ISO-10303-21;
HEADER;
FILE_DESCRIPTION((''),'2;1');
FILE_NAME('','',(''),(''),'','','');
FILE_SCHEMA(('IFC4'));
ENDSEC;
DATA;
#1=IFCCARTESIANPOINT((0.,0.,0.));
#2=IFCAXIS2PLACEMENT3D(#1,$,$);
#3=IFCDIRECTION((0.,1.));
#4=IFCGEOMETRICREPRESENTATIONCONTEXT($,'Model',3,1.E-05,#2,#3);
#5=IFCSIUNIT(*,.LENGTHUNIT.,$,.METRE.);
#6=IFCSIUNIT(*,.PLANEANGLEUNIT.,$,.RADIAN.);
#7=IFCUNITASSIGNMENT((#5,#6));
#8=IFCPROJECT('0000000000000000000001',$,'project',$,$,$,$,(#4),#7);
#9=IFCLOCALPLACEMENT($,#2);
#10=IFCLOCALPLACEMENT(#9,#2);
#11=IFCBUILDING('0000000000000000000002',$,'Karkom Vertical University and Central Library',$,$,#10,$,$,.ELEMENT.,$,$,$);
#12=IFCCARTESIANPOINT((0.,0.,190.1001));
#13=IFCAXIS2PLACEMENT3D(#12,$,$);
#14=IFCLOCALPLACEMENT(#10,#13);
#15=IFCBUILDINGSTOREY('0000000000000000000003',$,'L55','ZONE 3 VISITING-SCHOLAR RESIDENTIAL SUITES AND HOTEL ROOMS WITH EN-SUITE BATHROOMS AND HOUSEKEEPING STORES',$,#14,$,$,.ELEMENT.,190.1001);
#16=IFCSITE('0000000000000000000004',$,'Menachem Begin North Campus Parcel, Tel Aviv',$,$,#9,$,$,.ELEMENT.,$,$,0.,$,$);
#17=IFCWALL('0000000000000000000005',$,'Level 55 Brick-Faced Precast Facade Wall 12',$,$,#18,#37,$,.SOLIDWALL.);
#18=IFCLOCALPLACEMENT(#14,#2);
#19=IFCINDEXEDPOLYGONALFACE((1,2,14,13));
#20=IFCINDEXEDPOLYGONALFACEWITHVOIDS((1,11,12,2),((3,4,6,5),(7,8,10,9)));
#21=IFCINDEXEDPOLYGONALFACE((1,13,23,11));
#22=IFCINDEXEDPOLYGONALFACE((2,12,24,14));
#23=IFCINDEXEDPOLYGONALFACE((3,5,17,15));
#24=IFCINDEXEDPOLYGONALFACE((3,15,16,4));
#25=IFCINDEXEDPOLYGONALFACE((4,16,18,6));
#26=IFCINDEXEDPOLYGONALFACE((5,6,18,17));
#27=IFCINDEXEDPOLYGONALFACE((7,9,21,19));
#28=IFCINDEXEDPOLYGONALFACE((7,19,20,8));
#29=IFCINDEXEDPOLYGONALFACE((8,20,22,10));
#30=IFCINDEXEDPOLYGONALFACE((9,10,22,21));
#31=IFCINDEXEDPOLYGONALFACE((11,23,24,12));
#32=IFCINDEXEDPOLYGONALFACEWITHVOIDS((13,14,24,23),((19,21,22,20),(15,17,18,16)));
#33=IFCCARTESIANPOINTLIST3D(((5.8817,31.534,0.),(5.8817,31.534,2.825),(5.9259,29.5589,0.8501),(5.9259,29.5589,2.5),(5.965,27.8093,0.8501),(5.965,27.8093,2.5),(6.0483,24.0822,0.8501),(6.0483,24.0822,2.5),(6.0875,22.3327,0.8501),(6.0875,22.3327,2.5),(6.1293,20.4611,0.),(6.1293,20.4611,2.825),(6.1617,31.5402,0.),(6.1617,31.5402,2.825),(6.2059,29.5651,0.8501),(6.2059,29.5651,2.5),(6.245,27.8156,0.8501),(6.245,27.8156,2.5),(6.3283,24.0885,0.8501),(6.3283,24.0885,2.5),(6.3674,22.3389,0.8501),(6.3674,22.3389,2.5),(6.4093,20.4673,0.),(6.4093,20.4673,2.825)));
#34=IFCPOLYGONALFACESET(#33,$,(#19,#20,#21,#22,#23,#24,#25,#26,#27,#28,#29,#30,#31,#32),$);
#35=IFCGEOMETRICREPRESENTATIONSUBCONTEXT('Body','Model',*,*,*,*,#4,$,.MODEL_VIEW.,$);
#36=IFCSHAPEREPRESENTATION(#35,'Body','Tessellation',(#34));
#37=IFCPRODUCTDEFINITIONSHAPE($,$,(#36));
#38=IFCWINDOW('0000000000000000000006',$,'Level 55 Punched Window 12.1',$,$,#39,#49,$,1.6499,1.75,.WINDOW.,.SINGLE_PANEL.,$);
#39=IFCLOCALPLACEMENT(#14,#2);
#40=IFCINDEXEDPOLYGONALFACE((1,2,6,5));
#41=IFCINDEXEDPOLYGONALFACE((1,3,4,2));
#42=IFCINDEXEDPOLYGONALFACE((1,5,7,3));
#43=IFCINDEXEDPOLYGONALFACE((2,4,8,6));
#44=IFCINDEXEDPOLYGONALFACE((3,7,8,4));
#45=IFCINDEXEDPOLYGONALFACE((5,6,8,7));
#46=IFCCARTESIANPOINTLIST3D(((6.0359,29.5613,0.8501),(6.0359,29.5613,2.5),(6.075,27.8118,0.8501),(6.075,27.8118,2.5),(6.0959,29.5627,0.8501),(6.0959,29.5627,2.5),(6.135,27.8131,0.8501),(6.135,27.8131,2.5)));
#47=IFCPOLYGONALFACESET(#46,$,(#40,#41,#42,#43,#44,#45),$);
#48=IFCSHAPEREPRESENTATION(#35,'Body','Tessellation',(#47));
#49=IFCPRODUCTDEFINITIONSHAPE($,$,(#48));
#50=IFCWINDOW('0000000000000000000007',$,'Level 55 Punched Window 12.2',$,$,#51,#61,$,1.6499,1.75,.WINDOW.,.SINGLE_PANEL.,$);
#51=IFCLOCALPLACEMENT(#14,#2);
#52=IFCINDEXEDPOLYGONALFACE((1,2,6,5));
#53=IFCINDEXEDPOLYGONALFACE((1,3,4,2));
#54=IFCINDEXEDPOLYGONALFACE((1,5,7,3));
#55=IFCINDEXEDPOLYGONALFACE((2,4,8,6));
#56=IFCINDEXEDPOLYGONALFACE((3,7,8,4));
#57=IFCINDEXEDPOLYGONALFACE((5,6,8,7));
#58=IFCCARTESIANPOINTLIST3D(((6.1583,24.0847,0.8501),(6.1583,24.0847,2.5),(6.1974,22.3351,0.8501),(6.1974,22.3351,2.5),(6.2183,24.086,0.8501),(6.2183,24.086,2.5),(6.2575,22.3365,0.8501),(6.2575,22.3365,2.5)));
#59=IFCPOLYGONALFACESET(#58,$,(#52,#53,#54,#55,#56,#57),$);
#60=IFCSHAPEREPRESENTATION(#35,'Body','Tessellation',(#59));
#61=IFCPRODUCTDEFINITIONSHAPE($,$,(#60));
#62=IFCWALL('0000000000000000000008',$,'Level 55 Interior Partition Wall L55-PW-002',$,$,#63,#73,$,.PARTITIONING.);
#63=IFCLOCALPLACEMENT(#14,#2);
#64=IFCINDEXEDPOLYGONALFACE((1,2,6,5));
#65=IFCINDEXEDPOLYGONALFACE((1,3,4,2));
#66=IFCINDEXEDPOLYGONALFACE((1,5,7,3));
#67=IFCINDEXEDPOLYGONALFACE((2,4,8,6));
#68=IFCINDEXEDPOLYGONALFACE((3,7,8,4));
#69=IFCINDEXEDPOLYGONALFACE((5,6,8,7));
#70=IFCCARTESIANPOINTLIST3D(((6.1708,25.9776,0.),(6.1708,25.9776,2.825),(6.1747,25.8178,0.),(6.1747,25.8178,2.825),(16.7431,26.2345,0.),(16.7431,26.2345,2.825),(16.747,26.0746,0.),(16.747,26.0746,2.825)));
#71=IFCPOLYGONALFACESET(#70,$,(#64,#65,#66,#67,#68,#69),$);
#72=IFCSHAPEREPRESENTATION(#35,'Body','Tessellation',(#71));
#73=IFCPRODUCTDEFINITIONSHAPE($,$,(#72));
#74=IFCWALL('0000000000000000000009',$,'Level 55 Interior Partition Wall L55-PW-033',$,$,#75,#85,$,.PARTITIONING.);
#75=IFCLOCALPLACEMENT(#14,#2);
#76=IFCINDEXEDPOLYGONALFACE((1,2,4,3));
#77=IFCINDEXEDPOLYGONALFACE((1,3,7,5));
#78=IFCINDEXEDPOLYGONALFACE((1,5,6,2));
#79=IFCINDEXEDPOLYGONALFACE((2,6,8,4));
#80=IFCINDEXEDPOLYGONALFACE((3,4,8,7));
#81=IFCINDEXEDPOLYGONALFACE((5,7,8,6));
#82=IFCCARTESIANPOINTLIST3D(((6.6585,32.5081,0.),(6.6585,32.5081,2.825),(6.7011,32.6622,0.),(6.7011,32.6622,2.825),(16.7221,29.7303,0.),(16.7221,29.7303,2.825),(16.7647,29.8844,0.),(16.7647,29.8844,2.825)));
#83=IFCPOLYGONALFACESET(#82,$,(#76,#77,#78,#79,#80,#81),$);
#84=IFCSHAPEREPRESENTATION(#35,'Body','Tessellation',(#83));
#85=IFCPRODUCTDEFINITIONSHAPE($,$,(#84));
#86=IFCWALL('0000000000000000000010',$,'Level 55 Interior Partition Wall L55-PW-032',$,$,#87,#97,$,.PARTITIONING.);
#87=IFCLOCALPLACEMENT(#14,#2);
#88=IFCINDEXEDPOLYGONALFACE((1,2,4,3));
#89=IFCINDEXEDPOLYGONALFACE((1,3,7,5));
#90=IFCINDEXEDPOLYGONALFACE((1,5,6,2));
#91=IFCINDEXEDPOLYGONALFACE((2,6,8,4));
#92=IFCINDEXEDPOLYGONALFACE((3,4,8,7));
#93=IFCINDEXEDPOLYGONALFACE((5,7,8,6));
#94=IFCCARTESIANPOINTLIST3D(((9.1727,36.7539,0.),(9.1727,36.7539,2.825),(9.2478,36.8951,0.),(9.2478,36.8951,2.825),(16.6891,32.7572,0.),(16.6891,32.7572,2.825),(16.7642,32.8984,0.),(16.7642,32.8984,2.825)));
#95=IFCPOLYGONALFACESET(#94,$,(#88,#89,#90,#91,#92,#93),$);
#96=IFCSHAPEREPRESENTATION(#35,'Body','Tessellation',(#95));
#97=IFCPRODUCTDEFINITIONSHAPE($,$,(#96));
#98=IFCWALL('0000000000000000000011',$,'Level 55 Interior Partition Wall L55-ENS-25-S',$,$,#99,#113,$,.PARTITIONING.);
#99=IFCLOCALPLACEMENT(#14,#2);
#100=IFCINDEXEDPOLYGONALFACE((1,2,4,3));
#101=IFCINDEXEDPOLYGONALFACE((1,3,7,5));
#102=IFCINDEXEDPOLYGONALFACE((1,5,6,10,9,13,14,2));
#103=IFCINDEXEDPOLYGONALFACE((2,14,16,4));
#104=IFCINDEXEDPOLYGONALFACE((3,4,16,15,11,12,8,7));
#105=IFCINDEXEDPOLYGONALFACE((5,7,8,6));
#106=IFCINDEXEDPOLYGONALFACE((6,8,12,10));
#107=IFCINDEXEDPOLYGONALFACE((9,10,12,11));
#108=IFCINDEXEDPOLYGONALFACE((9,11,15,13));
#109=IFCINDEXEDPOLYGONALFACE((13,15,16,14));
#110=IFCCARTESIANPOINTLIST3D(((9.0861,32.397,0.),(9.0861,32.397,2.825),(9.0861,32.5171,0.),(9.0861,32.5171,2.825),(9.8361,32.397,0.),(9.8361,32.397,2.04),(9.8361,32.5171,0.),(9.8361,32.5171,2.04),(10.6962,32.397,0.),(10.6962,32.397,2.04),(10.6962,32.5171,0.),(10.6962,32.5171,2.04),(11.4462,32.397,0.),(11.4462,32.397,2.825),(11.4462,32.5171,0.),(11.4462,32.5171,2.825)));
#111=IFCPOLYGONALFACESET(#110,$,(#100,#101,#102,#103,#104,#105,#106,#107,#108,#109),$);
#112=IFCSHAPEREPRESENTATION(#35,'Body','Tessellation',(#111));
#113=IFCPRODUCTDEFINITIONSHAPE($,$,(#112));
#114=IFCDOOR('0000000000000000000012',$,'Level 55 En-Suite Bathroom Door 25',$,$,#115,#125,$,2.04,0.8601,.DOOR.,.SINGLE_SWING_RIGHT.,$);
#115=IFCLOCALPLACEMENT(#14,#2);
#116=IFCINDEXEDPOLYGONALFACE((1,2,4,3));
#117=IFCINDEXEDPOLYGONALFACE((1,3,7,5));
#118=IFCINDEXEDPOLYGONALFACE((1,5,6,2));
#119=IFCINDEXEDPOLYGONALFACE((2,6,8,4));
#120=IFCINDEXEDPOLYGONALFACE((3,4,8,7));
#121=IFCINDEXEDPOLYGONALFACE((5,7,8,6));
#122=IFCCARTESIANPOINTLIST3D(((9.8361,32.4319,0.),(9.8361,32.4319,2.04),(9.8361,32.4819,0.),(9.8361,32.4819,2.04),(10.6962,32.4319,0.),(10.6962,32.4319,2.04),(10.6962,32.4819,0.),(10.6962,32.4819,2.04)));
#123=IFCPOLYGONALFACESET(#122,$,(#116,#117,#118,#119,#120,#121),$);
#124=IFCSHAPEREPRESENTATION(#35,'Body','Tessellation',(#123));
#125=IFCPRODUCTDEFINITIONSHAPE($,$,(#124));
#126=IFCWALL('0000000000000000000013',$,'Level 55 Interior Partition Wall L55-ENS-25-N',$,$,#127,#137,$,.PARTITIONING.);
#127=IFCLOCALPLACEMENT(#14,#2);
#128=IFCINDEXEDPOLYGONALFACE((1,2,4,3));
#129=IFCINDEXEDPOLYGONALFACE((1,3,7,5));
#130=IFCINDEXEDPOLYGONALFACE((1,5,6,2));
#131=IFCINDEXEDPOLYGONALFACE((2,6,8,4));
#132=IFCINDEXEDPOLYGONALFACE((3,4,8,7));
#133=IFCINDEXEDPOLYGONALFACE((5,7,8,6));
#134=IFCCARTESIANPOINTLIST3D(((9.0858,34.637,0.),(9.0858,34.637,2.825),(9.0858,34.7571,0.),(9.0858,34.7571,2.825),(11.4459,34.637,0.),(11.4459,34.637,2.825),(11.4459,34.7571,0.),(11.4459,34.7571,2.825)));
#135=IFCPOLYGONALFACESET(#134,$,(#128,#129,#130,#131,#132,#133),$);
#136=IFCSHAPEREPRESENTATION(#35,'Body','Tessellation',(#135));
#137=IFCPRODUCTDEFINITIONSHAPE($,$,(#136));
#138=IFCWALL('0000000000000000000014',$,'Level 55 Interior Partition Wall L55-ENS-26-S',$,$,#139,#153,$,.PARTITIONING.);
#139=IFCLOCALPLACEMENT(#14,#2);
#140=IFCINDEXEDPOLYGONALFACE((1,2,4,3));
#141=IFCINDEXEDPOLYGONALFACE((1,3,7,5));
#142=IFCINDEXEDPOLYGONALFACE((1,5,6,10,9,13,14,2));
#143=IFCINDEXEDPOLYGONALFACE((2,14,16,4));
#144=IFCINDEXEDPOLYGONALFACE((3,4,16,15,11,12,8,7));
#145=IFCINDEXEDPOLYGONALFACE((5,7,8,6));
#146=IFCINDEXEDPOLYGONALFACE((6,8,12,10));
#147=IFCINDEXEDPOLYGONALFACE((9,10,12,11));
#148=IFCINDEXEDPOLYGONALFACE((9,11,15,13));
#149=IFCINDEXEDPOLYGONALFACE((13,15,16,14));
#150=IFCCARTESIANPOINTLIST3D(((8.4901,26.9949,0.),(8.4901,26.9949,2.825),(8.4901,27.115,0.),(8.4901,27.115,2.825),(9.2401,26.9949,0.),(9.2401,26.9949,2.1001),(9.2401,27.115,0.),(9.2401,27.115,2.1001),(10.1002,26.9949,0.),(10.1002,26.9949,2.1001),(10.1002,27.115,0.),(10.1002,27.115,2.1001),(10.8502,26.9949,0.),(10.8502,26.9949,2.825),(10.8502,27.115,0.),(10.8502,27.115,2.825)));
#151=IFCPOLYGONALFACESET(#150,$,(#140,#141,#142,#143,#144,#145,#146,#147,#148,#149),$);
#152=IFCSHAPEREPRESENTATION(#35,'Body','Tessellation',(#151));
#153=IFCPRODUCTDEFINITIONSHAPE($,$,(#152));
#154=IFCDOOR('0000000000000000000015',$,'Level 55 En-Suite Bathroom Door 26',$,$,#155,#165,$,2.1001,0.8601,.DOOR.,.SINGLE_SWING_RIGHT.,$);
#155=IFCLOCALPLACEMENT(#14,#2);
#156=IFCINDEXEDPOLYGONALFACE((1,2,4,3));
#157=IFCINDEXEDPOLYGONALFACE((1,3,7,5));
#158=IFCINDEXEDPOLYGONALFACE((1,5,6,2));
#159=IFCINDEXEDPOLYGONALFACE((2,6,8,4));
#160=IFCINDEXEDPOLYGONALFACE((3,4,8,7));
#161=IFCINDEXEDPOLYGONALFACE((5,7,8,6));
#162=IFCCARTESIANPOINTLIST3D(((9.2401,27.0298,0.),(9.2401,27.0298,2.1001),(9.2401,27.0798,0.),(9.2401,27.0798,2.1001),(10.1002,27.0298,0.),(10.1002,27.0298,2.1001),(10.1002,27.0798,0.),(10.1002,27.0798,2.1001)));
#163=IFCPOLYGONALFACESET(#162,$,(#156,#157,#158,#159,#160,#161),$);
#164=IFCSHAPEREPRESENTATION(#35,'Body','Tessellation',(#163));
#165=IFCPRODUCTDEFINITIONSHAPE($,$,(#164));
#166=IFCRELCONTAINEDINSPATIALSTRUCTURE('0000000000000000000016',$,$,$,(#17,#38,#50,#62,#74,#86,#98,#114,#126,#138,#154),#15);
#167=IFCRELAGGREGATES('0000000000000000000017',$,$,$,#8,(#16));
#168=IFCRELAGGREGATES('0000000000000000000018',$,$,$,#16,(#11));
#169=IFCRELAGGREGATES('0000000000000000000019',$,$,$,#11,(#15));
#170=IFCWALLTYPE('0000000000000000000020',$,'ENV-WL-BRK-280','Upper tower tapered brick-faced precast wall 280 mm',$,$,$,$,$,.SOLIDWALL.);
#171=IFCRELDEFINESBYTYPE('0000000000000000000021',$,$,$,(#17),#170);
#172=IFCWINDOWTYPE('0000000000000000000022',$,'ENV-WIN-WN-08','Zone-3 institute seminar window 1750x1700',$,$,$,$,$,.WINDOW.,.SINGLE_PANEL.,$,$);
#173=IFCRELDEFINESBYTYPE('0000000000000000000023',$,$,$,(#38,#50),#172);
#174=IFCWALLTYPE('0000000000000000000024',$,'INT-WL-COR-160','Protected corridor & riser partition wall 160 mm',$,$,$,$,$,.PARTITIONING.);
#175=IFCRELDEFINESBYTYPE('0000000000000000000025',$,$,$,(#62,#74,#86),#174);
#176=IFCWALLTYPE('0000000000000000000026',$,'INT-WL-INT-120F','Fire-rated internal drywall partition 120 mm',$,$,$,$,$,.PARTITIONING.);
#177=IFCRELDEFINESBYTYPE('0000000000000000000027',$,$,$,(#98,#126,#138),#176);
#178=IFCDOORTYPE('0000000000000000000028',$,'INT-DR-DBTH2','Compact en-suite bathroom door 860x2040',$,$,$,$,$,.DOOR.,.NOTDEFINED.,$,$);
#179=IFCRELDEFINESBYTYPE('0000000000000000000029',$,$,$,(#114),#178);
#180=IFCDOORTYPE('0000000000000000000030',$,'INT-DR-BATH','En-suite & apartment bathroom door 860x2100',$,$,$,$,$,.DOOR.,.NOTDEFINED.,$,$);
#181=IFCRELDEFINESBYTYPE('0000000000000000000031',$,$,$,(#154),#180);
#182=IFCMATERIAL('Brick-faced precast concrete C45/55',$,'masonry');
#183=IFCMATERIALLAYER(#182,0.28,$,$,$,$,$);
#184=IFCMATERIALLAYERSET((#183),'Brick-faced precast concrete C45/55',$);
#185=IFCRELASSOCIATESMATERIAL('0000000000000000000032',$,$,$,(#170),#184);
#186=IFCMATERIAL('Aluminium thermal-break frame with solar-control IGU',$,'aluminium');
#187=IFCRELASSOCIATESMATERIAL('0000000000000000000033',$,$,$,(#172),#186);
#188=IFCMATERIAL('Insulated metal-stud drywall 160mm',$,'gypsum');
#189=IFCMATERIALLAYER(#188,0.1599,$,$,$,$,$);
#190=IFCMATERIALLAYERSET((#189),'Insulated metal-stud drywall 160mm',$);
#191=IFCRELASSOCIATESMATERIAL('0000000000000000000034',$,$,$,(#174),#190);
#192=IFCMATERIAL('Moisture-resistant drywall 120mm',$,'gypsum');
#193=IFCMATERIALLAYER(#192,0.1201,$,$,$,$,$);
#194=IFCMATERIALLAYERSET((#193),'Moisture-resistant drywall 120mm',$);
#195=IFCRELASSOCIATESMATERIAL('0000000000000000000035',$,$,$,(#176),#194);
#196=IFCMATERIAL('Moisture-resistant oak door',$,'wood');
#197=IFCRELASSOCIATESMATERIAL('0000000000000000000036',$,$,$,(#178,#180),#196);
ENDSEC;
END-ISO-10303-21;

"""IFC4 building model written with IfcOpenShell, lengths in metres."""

from ifc_helpers import new_model, si_unit, direction, frame, frame_2d, origin, origin_with_axes, place, context, subcontext, project, spatial, rectangle, extrude, source, transform, mapped, material, layer, layer_set, type_object, element, fill, save


model = new_model("IFC4")

# Units and contexts
model_context = context("Model", 3, precision=1e-05, world=origin(), true_north=direction((0.0, 1.0)))
body_context = subcontext(model_context, "Body", "Model", "MODEL_VIEW")
ifc_project = project(units=[si_unit("LENGTHUNIT", "METRE"), si_unit("PLANEANGLEUNIT", "RADIAN")], contexts=[model_context])

# Site, building, storey
site_placement = place(None, origin())
site = spatial("IfcSite", under=ifc_project, at=site_placement, Name="Menachem Begin North Campus Parcel, Tel Aviv", CompositionType="ELEMENT", RefElevation=0.0)
building_placement = place(site_placement, origin())
building = spatial("IfcBuilding", under=site, at=building_placement, Name="Karkom Vertical University and Central Library", CompositionType="ELEMENT")
storey_placement = place(building_placement, frame((0.0, 0.0, 190.1001)))
storey = spatial("IfcBuildingStorey", under=building, at=storey_placement, Name="L55", Description="ZONE 3 VISITING-SCHOLAR RESIDENTIAL SUITES AND HOTEL ROOMS WITH EN-SUITE BATHROOMS AND HOUSEKEEPING STORES", CompositionType="ELEMENT", Elevation=190.1001)

# Wall, openings, windows
ifc_material_1 = material(Name="Brick-faced precast concrete C45/55", Category="masonry")
ifc_layer_1 = layer(ifc_material_1, 0.28)
ifc_layer_set_1 = layer_set([ifc_layer_1], Name="Brick-faced precast concrete C45/55")
wall_type_1 = type_object("IfcWallType", Name="ENV-WL-BRK-280", Description="Upper tower tapered brick-faced precast wall 280 mm", PredefinedType="SOLIDWALL", material=ifc_layer_set_1)
wall_1_placement = place(storey_placement, frame((6.0217, 31.5371, 0.0), z_axis=(0.0, 0.0, 1.0), x_axis=(0.022351, -0.99975, 0.0)))
wall_1 = element("IfcWall", 1, at=wall_1_placement, inside=storey, type_object=wall_type_1, Name="Level 55 Brick-Faced Precast Facade Wall 12", PredefinedType="SOLIDWALL", context=body_context, shape_type="SweptSolid", body=[
    extrude(rectangle(XDim=11.0757, YDim=0.28, at=frame_2d((5.5378, 0.0))), origin(), (0.0, 0.0, 1.0), 2.825),
])
opening_1_placement = place(wall_1_placement, frame((1.9756, 0.0, 0.8501)))
opening_1 = element("IfcOpeningElement", 2, at=opening_1_placement, cuts=wall_1, PredefinedType="OPENING", context=body_context, shape_type="SweptSolid", body=[
    extrude(rectangle(XDim=1.75, YDim=1.6499, at=frame_2d((0.875, 0.825))), frame((0.0, 0.1499, 0.0), z_axis=(0.0, -1.0, 0.0), x_axis=(1.0, 0.0, 0.0)), (0.0, 0.0, 1.0), 0.3),
])
opening_2_placement = place(wall_1_placement, frame((7.4536, 0.0, 0.8501)))
opening_2 = element("IfcOpeningElement", 3, at=opening_2_placement, cuts=wall_1, PredefinedType="OPENING", context=body_context, shape_type="SweptSolid", body=[
    extrude(rectangle(XDim=1.75, YDim=1.6499, at=frame_2d((0.875, 0.825))), frame((0.0, 0.1499, 0.0), z_axis=(0.0, -1.0, 0.0), x_axis=(1.0, 0.0, 0.0)), (0.0, 0.0, 1.0), 0.3),
])
ifc_material_2 = material(Name="Aluminium thermal-break frame with solar-control IGU", Category="aluminium")
window_type = type_object("IfcWindowType", Name="ENV-WIN-WN-08", Description="Zone-3 institute seminar window 1750x1700", PartitioningType="SINGLE_PANEL", PredefinedType="WINDOW", material=ifc_material_2)
shared_shape_1 = source(origin_with_axes(), body_context, "Body", "SweptSolid", [
    extrude(rectangle(XDim=1.75, YDim=1.6499, at=frame_2d((0.875, 0.825))), frame((0.0, 0.03, 0.0), z_axis=(0.0, -1.0, 0.0), x_axis=(1.0, 0.0, 0.0)), (0.0, 0.0, 1.0), 0.0601),
])
window_1_placement = place(opening_1_placement, origin())
window_1 = element("IfcWindow", 4, at=window_1_placement, inside=storey, type_object=window_type, Name="Level 55 Punched Window 12.1", OverallHeight=1.6499, OverallWidth=1.75, PartitioningType="SINGLE_PANEL", PredefinedType="WINDOW", context=body_context, shape_type="MappedRepresentation", body=[
    mapped(shared_shape_1, transform((0.0, 0.0, 0.0), scale=1.0)),
])
fill(opening_1, window_1)
window_2_placement = place(opening_2_placement, origin())
window_2 = element("IfcWindow", 5, at=window_2_placement, inside=storey, type_object=window_type, Name="Level 55 Punched Window 12.2", OverallHeight=1.6499, OverallWidth=1.75, PartitioningType="SINGLE_PANEL", PredefinedType="WINDOW", context=body_context, shape_type="MappedRepresentation", body=[
    mapped(shared_shape_1, transform((0.0, 0.0, 0.0), scale=1.0)),
])
fill(opening_2, window_2)

# Walls
ifc_material_3 = material(Name="Insulated metal-stud drywall 160mm", Category="gypsum")
ifc_layer_2 = layer(ifc_material_3, 0.1599)
ifc_layer_set_2 = layer_set([ifc_layer_2], Name="Insulated metal-stud drywall 160mm")
wall_type_2 = type_object("IfcWallType", Name="INT-WL-COR-160", Description="Protected corridor & riser partition wall 160 mm", PredefinedType="PARTITIONING", material=ifc_layer_set_2)
wall_2_placement = place(storey_placement, frame((6.1729, 25.8977, 0.0), z_axis=(0.0, 0.0, 1.0), x_axis=(0.999705, 0.024286, 0.0)))
element("IfcWall", 6, at=wall_2_placement, inside=storey, type_object=wall_type_2, Name="Level 55 Interior Partition Wall L55-PW-002", PredefinedType="PARTITIONING", context=body_context, shape_type="SweptSolid", body=[
    extrude(rectangle(XDim=10.5754, YDim=0.1599, at=frame_2d((5.2876, 0.0))), origin(), (0.0, 0.0, 1.0), 2.825),
])
wall_3_placement = place(storey_placement, frame((16.7434, 29.8074, 0.0), z_axis=(0.0, 0.0, 1.0), x_axis=(-0.963953, 0.266074, 0.0)))
element("IfcWall", 7, at=wall_3_placement, inside=storey, type_object=wall_type_2, Name="Level 55 Interior Partition Wall L55-PW-033", PredefinedType="PARTITIONING", context=body_context, shape_type="SweptSolid", body=[
    extrude(rectangle(XDim=10.4399, YDim=0.1599, at=frame_2d((5.22, 0.0))), origin(), (0.0, 0.0, 1.0), 2.825),
])
wall_4_placement = place(storey_placement, frame((16.7266, 32.8279, 0.0), z_axis=(0.0, 0.0, 1.0), x_axis=(-0.882944, 0.469477, 0.0)))
element("IfcWall", 8, at=wall_4_placement, inside=storey, type_object=wall_type_2, Name="Level 55 Interior Partition Wall L55-PW-032", PredefinedType="PARTITIONING", context=body_context, shape_type="SweptSolid", body=[
    extrude(rectangle(XDim=8.5129, YDim=0.1599, at=frame_2d((4.2563, 0.0))), origin(), (0.0, 0.0, 1.0), 2.825),
])

# Wall, opening, door
ifc_material_4 = material(Name="Moisture-resistant drywall 120mm", Category="gypsum")
ifc_layer_3 = layer(ifc_material_4, 0.1201)
ifc_layer_set_3 = layer_set([ifc_layer_3], Name="Moisture-resistant drywall 120mm")
wall_type_3 = type_object("IfcWallType", Name="INT-WL-INT-120F", Description="Fire-rated internal drywall partition 120 mm", PredefinedType="PARTITIONING", material=ifc_layer_set_3)
wall_5_placement = place(storey_placement, frame((9.0859, 32.457, 0.0), z_axis=(0.0, 0.0, 1.0), x_axis=(1.0, 0.0, 0.0)))
wall_5 = element("IfcWall", 9, at=wall_5_placement, inside=storey, type_object=wall_type_3, Name="Level 55 Interior Partition Wall L55-ENS-25-S", PredefinedType="PARTITIONING", context=body_context, shape_type="SweptSolid", body=[
    extrude(rectangle(XDim=2.3601, YDim=0.1201, at=frame_2d((1.1802, 0.0))), origin(), (0.0, 0.0, 1.0), 2.825),
])
opening_3_placement = place(wall_5_placement, frame((0.75, 0.0, 0.0)))
opening_3 = element("IfcOpeningElement", 10, at=opening_3_placement, cuts=wall_5, PredefinedType="OPENING", context=body_context, shape_type="SweptSolid", body=[
    extrude(rectangle(XDim=0.8601, YDim=2.04, at=frame_2d((0.4302, 1.02))), frame((0.0, 0.0701, 0.0), z_axis=(0.0, -1.0, 0.0), x_axis=(1.0, 0.0, 0.0)), (0.0, 0.0, 1.0), 0.1401),
])
ifc_material_5 = material(Name="Moisture-resistant oak door", Category="wood")
door_type_1 = type_object("IfcDoorType", Name="INT-DR-DBTH2", Description="Compact en-suite bathroom door 860x2040", OperationType="NOTDEFINED", PredefinedType="DOOR", material=ifc_material_5)
shared_shape_2 = source(origin_with_axes(), body_context, "Body", "SweptSolid", [
    extrude(rectangle(XDim=0.8601, YDim=2.04, at=frame_2d((0.4302, 1.02))), frame((0.0, 0.0249, 0.0), z_axis=(0.0, -1.0, 0.0), x_axis=(1.0, 0.0, 0.0)), (0.0, 0.0, 1.0), 0.05),
])
door_1_placement = place(opening_3_placement, origin())
door_1 = element("IfcDoor", 11, at=door_1_placement, inside=storey, type_object=door_type_1, Name="Level 55 En-Suite Bathroom Door 25", OperationType="SINGLE_SWING_RIGHT", OverallHeight=2.04, OverallWidth=0.8601, PredefinedType="DOOR", context=body_context, shape_type="MappedRepresentation", body=[
    mapped(shared_shape_2, transform((0.0, 0.0, 0.0), scale=1.0)),
])
fill(opening_3, door_1)

# Wall
wall_6_placement = place(storey_placement, frame((11.446, 34.697, 0.0), z_axis=(0.0, 0.0, 1.0), x_axis=(-1.0, 0.0, 0.0)))
element("IfcWall", 12, at=wall_6_placement, inside=storey, type_object=wall_type_3, Name="Level 55 Interior Partition Wall L55-ENS-25-N", PredefinedType="PARTITIONING", context=body_context, shape_type="SweptSolid", body=[
    extrude(rectangle(XDim=2.3601, YDim=0.1201, at=frame_2d((1.1802, 0.0))), origin(), (0.0, 0.0, 1.0), 2.825),
])

# Wall, opening, door
wall_7_placement = place(storey_placement, frame((8.49, 27.0549, 0.0), z_axis=(0.0, 0.0, 1.0), x_axis=(1.0, 0.0, 0.0)))
wall_7 = element("IfcWall", 13, at=wall_7_placement, inside=storey, type_object=wall_type_3, Name="Level 55 Interior Partition Wall L55-ENS-26-S", PredefinedType="PARTITIONING", context=body_context, shape_type="SweptSolid", body=[
    extrude(rectangle(XDim=2.3601, YDim=0.1201, at=frame_2d((1.1802, 0.0))), origin(), (0.0, 0.0, 1.0), 2.825),
])
opening_4_placement = place(wall_7_placement, frame((0.75, 0.0, 0.0)))
opening_4 = element("IfcOpeningElement", 14, at=opening_4_placement, cuts=wall_7, PredefinedType="OPENING", context=body_context, shape_type="SweptSolid", body=[
    extrude(rectangle(XDim=0.8601, YDim=2.1001, at=frame_2d((0.4302, 1.05))), frame((0.0, 0.0701, 0.0), z_axis=(0.0, -1.0, 0.0), x_axis=(1.0, 0.0, 0.0)), (0.0, 0.0, 1.0), 0.1401),
])
door_type_2 = type_object("IfcDoorType", Name="INT-DR-BATH", Description="En-suite & apartment bathroom door 860x2100", OperationType="NOTDEFINED", PredefinedType="DOOR", material=ifc_material_5)
shared_shape_3 = source(origin_with_axes(), body_context, "Body", "SweptSolid", [
    extrude(rectangle(XDim=0.8601, YDim=2.1001, at=frame_2d((0.4302, 1.05))), frame((0.0, 0.0249, 0.0), z_axis=(0.0, -1.0, 0.0), x_axis=(1.0, 0.0, 0.0)), (0.0, 0.0, 1.0), 0.05),
])
door_2_placement = place(opening_4_placement, origin())
door_2 = element("IfcDoor", 15, at=door_2_placement, inside=storey, type_object=door_type_2, Name="Level 55 En-Suite Bathroom Door 26", OperationType="SINGLE_SWING_RIGHT", OverallHeight=2.1001, OverallWidth=0.8601, PredefinedType="DOOR", context=body_context, shape_type="MappedRepresentation", body=[
    mapped(shared_shape_3, transform((0.0, 0.0, 0.0), scale=1.0)),
])
fill(opening_4, door_2)

save(model, "model.ifc")
